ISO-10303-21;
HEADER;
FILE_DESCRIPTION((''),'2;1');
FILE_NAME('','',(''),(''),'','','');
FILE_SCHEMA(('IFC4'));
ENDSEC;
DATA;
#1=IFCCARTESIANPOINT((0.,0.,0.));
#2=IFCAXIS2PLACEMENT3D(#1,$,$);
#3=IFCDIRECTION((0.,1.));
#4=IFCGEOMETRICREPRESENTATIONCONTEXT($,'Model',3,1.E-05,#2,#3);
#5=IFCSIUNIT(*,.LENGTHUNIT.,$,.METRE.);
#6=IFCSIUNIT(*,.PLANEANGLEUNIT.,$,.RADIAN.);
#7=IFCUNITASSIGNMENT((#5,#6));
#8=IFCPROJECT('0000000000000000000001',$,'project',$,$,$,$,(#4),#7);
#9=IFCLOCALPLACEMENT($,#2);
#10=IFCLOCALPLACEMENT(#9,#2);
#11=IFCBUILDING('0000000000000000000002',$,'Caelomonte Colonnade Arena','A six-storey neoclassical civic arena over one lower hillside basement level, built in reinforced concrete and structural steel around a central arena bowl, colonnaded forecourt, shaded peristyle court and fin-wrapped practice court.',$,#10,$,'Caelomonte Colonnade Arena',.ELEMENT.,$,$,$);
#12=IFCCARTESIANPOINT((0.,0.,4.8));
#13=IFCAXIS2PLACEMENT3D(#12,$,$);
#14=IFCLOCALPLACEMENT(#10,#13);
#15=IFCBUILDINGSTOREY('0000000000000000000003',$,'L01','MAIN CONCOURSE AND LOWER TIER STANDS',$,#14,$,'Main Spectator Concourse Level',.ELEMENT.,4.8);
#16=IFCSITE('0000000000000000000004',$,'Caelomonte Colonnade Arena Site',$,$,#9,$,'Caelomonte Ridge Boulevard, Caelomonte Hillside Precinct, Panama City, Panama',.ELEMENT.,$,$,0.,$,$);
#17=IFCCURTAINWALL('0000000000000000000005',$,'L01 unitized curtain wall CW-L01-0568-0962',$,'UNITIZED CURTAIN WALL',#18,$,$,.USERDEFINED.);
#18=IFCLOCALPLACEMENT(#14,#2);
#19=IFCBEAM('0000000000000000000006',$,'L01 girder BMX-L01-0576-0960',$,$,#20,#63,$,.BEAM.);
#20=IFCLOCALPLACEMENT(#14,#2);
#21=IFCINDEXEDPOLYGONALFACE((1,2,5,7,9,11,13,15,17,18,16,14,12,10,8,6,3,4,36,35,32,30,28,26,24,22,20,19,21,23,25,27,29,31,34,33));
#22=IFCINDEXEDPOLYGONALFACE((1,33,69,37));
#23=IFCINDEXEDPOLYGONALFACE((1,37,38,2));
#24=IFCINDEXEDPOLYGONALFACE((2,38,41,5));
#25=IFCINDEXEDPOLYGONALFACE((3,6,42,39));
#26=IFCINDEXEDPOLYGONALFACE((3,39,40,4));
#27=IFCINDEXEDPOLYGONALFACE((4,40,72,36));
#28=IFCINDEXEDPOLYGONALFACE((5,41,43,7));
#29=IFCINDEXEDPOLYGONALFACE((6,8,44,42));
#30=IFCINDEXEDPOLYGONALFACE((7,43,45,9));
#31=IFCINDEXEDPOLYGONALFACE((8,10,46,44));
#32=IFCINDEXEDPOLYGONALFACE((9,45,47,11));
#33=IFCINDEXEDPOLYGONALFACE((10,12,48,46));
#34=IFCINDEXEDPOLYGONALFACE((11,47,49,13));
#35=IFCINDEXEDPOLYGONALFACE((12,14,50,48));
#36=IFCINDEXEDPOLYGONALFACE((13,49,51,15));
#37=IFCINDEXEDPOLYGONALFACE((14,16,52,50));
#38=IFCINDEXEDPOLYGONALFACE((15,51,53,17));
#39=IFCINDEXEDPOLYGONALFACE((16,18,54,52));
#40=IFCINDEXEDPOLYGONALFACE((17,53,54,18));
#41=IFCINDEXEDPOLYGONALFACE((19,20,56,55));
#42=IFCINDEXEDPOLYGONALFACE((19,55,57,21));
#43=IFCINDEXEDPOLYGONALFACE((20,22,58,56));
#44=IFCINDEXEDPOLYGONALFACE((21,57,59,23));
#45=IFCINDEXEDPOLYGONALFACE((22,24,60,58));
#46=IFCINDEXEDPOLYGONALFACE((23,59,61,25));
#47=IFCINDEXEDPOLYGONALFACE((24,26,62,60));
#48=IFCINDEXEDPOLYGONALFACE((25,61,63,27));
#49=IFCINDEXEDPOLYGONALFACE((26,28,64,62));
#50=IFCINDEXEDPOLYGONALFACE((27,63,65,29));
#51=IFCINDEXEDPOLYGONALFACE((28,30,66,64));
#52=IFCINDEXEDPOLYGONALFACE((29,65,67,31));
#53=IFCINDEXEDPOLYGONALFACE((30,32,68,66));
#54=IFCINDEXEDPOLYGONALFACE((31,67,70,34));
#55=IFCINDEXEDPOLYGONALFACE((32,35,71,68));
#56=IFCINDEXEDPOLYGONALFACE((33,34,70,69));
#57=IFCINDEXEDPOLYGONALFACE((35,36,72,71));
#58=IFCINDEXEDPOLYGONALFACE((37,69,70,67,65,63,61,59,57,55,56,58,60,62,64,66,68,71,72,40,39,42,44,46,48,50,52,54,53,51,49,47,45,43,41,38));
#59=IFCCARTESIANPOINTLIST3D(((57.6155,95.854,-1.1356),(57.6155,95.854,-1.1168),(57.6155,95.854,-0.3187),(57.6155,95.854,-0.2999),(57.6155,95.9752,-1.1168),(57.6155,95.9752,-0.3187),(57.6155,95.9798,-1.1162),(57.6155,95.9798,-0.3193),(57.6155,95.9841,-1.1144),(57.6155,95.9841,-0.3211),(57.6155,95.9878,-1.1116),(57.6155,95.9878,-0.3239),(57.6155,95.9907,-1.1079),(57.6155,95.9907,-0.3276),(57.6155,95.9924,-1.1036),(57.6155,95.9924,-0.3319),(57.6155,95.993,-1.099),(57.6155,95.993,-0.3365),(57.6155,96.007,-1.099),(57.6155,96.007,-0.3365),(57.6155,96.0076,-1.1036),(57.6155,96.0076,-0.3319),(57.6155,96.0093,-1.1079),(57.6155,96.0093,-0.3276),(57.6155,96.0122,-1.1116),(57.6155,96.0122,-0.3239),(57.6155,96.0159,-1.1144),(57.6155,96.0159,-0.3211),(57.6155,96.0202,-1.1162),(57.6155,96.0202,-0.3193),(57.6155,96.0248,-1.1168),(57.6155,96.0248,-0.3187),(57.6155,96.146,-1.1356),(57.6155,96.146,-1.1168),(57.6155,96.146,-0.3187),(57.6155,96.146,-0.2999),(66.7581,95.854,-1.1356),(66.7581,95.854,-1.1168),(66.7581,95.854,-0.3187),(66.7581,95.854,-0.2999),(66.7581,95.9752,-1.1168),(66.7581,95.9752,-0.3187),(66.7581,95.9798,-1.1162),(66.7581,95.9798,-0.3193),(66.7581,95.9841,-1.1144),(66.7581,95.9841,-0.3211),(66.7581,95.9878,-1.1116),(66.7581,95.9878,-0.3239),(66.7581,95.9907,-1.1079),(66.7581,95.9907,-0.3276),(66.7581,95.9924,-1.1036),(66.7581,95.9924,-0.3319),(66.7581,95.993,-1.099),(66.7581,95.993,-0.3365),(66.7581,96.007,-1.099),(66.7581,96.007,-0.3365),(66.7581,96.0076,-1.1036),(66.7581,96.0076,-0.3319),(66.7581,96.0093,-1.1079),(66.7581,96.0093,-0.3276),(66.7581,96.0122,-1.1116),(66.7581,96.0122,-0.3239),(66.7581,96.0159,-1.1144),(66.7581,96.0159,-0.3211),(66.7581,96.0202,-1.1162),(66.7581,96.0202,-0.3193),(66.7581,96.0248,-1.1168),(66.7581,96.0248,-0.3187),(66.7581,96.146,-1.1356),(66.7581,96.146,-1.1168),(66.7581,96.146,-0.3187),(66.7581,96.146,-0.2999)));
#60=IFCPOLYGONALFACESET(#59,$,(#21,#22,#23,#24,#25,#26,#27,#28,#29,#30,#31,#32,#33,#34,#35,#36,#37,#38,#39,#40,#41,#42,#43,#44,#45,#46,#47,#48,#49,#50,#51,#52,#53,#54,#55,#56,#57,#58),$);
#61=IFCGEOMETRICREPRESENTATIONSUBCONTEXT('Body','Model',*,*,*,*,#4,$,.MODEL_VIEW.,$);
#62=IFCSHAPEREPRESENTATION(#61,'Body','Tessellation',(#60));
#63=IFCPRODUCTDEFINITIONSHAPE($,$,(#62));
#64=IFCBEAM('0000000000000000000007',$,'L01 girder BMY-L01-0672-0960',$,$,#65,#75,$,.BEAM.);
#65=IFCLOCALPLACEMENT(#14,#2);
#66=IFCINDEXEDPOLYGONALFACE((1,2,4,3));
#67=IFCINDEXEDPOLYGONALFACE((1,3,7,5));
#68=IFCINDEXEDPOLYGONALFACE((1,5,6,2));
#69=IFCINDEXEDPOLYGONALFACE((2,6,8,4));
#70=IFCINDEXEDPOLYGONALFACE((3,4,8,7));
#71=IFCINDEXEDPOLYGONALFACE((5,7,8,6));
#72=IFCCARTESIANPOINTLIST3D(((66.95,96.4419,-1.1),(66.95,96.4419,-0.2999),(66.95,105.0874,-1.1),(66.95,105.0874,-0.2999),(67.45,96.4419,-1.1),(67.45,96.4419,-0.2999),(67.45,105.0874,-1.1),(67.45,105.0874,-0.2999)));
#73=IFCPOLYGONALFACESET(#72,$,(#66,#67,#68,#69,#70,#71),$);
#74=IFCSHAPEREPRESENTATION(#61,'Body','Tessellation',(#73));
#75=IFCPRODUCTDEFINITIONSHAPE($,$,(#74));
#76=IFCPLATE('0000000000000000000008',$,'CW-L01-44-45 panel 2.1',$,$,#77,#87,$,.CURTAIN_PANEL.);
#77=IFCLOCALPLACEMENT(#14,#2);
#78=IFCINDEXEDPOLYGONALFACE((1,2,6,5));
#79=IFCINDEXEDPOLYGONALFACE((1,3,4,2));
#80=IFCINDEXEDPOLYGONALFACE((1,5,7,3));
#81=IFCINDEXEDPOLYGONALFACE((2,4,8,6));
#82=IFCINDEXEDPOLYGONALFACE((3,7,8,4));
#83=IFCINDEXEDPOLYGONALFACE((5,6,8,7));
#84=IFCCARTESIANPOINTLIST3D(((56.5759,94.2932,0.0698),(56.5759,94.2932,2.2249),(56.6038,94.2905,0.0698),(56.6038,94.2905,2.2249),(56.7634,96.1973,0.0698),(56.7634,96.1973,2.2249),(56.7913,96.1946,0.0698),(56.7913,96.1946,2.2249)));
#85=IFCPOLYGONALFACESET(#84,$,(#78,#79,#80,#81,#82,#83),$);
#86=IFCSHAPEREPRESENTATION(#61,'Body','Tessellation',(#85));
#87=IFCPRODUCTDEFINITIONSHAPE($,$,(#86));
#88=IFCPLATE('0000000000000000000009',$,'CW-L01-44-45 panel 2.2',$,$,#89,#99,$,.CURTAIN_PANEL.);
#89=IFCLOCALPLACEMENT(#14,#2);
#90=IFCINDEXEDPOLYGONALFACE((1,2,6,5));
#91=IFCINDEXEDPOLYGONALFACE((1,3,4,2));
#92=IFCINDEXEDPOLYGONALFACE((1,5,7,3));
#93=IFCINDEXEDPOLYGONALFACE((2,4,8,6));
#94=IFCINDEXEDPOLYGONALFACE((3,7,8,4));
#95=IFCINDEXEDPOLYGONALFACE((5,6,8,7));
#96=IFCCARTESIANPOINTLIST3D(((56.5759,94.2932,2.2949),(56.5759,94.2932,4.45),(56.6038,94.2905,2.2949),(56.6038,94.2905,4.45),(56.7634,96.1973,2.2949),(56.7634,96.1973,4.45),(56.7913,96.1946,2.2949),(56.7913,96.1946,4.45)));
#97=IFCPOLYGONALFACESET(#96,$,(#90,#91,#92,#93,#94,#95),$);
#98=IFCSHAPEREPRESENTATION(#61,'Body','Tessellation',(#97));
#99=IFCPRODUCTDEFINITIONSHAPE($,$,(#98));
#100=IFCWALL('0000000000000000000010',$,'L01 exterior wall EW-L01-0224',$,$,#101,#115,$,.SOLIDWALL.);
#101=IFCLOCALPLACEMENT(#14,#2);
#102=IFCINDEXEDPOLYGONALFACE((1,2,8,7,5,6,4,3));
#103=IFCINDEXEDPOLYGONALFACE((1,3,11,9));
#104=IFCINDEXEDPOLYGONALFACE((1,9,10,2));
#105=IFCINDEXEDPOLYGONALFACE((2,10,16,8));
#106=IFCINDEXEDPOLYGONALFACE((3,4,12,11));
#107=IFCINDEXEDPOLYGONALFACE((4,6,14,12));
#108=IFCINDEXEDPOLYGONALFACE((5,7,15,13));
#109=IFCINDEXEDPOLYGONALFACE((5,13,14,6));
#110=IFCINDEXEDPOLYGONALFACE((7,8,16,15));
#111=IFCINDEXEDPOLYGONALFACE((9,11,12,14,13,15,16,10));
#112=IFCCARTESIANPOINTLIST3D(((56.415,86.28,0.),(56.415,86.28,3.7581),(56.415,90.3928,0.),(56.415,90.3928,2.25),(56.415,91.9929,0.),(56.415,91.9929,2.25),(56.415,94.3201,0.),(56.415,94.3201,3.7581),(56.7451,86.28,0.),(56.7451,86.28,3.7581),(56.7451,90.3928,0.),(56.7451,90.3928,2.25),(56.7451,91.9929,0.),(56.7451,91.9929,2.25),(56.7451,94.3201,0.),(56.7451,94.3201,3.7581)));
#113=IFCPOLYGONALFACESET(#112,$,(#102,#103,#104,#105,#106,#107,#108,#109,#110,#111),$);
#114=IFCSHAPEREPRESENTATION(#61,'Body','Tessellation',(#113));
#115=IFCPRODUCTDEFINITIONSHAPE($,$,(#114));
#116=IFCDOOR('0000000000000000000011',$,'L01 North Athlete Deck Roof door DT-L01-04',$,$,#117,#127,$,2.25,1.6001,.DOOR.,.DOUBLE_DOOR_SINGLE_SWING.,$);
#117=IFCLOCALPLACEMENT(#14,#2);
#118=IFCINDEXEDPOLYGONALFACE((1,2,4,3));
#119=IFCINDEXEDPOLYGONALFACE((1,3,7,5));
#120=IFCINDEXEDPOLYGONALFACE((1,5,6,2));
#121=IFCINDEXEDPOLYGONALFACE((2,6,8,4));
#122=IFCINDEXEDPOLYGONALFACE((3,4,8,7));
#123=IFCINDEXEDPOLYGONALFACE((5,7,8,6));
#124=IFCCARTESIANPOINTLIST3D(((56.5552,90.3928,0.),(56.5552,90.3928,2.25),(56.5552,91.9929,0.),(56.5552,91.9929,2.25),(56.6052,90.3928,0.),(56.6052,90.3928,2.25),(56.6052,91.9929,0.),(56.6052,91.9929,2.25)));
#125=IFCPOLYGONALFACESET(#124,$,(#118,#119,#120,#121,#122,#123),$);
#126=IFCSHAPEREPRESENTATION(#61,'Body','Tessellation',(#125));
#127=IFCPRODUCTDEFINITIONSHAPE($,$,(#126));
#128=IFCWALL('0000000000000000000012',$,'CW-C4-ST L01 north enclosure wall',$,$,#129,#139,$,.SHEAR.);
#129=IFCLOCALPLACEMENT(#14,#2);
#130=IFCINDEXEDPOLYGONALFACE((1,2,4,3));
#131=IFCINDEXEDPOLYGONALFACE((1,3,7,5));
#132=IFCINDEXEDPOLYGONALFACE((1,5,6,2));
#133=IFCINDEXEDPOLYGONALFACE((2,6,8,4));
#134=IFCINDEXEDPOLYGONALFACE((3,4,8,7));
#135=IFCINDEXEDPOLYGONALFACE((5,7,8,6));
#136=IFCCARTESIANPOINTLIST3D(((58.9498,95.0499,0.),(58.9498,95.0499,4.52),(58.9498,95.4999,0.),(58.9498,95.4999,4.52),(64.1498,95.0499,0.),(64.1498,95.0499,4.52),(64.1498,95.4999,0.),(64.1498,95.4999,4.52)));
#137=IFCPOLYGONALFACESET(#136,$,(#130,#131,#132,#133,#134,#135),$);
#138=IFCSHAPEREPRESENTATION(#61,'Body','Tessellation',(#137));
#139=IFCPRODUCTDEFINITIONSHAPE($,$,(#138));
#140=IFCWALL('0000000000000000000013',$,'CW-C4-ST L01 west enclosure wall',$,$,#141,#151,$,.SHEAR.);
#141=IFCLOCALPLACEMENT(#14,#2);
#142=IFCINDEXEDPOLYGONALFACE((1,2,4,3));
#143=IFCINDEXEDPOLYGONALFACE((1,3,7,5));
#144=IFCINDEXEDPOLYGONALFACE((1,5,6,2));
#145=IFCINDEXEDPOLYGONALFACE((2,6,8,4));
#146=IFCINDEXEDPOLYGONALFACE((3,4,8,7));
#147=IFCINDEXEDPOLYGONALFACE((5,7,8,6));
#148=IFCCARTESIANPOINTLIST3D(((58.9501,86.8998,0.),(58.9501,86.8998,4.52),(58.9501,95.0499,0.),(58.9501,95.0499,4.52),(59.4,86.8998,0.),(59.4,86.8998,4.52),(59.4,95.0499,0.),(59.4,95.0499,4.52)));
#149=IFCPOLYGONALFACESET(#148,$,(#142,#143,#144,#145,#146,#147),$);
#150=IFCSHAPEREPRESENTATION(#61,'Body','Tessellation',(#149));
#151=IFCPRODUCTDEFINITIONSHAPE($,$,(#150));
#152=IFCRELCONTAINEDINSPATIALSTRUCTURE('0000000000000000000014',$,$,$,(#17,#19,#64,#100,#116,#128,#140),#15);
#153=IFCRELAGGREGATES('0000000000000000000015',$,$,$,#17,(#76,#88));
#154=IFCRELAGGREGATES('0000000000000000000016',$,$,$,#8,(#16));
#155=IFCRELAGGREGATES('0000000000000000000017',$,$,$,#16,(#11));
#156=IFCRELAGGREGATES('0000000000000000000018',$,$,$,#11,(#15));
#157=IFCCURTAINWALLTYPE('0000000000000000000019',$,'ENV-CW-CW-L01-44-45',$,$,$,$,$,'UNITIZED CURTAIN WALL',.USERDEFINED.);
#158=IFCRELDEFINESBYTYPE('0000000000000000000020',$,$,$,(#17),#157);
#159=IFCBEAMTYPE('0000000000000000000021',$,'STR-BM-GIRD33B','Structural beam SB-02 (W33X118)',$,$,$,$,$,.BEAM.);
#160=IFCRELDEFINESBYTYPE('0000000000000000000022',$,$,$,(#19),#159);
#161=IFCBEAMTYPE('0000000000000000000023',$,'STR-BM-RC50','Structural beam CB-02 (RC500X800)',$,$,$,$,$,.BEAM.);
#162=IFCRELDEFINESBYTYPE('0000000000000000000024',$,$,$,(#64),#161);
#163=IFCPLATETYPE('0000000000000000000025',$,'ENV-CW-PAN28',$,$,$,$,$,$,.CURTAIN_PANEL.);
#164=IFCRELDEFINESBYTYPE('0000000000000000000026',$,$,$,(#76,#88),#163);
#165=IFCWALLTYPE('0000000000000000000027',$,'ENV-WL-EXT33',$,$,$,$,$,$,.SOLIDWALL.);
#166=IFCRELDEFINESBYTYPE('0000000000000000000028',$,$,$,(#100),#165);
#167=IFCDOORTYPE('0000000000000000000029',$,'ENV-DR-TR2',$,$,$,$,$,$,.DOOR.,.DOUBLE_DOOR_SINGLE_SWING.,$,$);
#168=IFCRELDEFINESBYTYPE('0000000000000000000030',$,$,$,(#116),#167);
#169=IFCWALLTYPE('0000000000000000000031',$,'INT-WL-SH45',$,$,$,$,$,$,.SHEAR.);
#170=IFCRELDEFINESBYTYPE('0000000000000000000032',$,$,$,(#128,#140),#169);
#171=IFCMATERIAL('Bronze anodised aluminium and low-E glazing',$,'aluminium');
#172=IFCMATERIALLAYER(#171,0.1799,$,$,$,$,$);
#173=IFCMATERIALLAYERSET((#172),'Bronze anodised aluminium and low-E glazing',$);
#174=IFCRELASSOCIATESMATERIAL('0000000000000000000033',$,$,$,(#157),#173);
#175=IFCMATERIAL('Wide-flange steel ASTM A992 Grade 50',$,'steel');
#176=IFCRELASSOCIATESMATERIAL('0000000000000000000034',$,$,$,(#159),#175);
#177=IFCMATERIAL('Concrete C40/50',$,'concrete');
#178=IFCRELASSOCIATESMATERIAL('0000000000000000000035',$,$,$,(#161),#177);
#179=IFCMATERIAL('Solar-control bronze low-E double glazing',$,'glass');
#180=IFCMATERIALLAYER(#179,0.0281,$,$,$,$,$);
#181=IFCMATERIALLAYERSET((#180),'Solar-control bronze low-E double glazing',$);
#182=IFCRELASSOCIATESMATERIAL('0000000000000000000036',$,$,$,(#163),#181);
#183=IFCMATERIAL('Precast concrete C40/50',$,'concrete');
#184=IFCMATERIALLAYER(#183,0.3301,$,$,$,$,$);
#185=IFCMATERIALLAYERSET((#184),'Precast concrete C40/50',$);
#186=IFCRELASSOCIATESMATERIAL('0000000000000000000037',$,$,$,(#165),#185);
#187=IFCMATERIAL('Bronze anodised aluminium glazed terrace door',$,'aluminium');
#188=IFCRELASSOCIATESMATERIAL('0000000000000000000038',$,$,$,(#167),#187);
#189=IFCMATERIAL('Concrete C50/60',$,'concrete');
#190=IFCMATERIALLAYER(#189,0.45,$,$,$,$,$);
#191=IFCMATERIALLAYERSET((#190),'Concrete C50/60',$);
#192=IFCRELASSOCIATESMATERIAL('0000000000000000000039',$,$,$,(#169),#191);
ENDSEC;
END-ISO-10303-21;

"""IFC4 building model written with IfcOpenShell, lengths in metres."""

from ifc_helpers import new_model, si_unit, direction, frame, frame_2d, origin, origin_2d, place, context, subcontext, project, spatial, rectangle, i_section, extrude, material, layer, layer_set, material_profile, profile_set, type_object, element, fill, aggregate, save


model = new_model("IFC4")

# Units and contexts
model_context = context("Model", 3, precision=1e-05, world=origin(), true_north=direction((0.0, 1.0)))
body_context = subcontext(model_context, "Body", "Model", "MODEL_VIEW")
ifc_project = project(units=[si_unit("LENGTHUNIT", "METRE"), si_unit("PLANEANGLEUNIT", "RADIAN")], contexts=[model_context])

# Site, building, storey
site_placement = place(None, origin())
site = spatial("IfcSite", under=ifc_project, at=site_placement, Name="Caelomonte Colonnade Arena Site", LongName="Caelomonte Ridge Boulevard, Caelomonte Hillside Precinct, Panama City, Panama", CompositionType="ELEMENT", RefElevation=0.0)
building_placement = place(site_placement, origin())
building = spatial("IfcBuilding", under=site, at=building_placement, Name="Caelomonte Colonnade Arena", Description="A six-storey neoclassical civic arena over one lower hillside basement level, built in reinforced concrete and structural steel around a central arena bowl, colonnaded forecourt, shaded peristyle court and fin-wrapped practice court.", LongName="Caelomonte Colonnade Arena", CompositionType="ELEMENT")
storey_placement = place(building_placement, frame((0.0, 0.0, 4.8)))
storey = spatial("IfcBuildingStorey", under=building, at=storey_placement, Name="L01", Description="MAIN CONCOURSE AND LOWER TIER STANDS", LongName="Main Spectator Concourse Level", CompositionType="ELEMENT", Elevation=4.8)

# Shared definitions
ifc_material_1 = material(Name="Concrete C50/60", Category="concrete")
ifc_material_2 = material(Name="Wide-flange steel ASTM A992 Grade 50", Category="steel")

# Curtain wall
ifc_material_3 = material(Name="Bronze anodised aluminium and low-E glazing", Category="aluminium")
ifc_layer_1 = layer(ifc_material_3, 0.1799)
ifc_layer_set_1 = layer_set([ifc_layer_1], Name="Bronze anodised aluminium and low-E glazing")
curtain_wall_type = type_object("IfcCurtainWallType", Name="ENV-CW-CW-L01-44-45", ElementType="UNITIZED CURTAIN WALL", PredefinedType="USERDEFINED", material=ifc_layer_set_1)
curtain_wall_placement = place(storey_placement, origin())
curtain_wall = element("IfcCurtainWall", 1, at=curtain_wall_placement, inside=storey, type_object=curtain_wall_type, Name="L01 unitized curtain wall CW-L01-0568-0962", ObjectType="UNITIZED CURTAIN WALL", PredefinedType="USERDEFINED")

# Beams
ifc_material_profile_1 = material_profile(ifc_material_2, i_section(OverallWidth=0.292, OverallDepth=0.8357, WebThickness=0.0139, FlangeThickness=0.0188, FilletRadius=0.0178, at=origin_2d()), Name="W33X118")
ifc_profile_set_1 = profile_set([ifc_material_profile_1], Name="Wide-flange steel ASTM A992 Grade 50")
beam_type_1 = type_object("IfcBeamType", Name="STR-BM-GIRD33B", Description="Structural beam SB-02 (W33X118)", PredefinedType="BEAM", material=ifc_profile_set_1)
beam_1_placement = place(storey_placement, frame((57.6155, 96.0, -0.7178), z_axis=(1.0, 0.0, 0.0), x_axis=(0.0, 1.0, 0.0)))
element("IfcBeam", 2, at=beam_1_placement, inside=storey, type_object=beam_type_1, Name="L01 girder BMX-L01-0576-0960", PredefinedType="BEAM", context=body_context, shape_type="SweptSolid", body=[
    extrude(i_section(OverallWidth=0.292, OverallDepth=0.8357, WebThickness=0.0139, FlangeThickness=0.0188, FilletRadius=0.0178, at=origin_2d()), origin(), (0.0, 0.0, 1.0), 9.1426),
])
ifc_material_4 = material(Name="Concrete C40/50", Category="concrete")
ifc_material_profile_2 = material_profile(ifc_material_4, rectangle(XDim=0.5, YDim=0.8, at=origin_2d()), Name="RC500X800")
ifc_profile_set_2 = profile_set([ifc_material_profile_2], Name="Concrete C40/50")
beam_type_2 = type_object("IfcBeamType", Name="STR-BM-RC50", Description="Structural beam CB-02 (RC500X800)", PredefinedType="BEAM", material=ifc_profile_set_2)
beam_2_placement = place(storey_placement, frame((67.2, 96.4419, -0.7), z_axis=(0.0, 1.0, 0.0), x_axis=(-1.0, 0.0, 0.0)))
element("IfcBeam", 3, at=beam_2_placement, inside=storey, type_object=beam_type_2, Name="L01 girder BMY-L01-0672-0960", PredefinedType="BEAM", context=body_context, shape_type="SweptSolid", body=[
    extrude(rectangle(XDim=0.5, YDim=0.8, at=origin_2d()), origin(), (0.0, 0.0, 1.0), 8.6455),
])

# Plates
ifc_material_5 = material(Name="Solar-control bronze low-E double glazing", Category="glass")
ifc_layer_2 = layer(ifc_material_5, 0.0281)
ifc_layer_set_2 = layer_set([ifc_layer_2], Name="Solar-control bronze low-E double glazing")
plate_type = type_object("IfcPlateType", Name="ENV-CW-PAN28", PredefinedType="CURTAIN_PANEL", material=ifc_layer_set_2)
plate_1_placement = place(storey_placement, frame((56.6836, 95.2439, 0.0698), z_axis=(0.0, 0.0, 1.0), x_axis=(-0.098002, -0.995186, 0.0)))
plate_1 = element("IfcPlate", 4, at=plate_1_placement, type_object=plate_type, Name="CW-L01-44-45 panel 2.1", PredefinedType="CURTAIN_PANEL", context=body_context, shape_type="SweptSolid", body=[
    extrude(rectangle(XDim=1.9133, YDim=0.0281, at=origin_2d()), origin(), (0.0, 0.0, 1.0), 2.155),
])
plate_2_placement = place(storey_placement, frame((56.6836, 95.2439, 2.2949), z_axis=(0.0, 0.0, 1.0), x_axis=(-0.098002, -0.995186, 0.0)))
plate_2 = element("IfcPlate", 5, at=plate_2_placement, type_object=plate_type, Name="CW-L01-44-45 panel 2.2", PredefinedType="CURTAIN_PANEL", context=body_context, shape_type="SweptSolid", body=[
    extrude(rectangle(XDim=1.9133, YDim=0.0281, at=origin_2d()), origin(), (0.0, 0.0, 1.0), 2.155),
])
aggregate(curtain_wall, [plate_1, plate_2])

# Wall, opening, door
ifc_material_6 = material(Name="Precast concrete C40/50", Category="concrete")
ifc_layer_3 = layer(ifc_material_6, 0.3301)
ifc_layer_set_3 = layer_set([ifc_layer_3], Name="Precast concrete C40/50")
wall_type_1 = type_object("IfcWallType", Name="ENV-WL-EXT33", PredefinedType="SOLIDWALL", material=ifc_layer_set_3)
wall_1_placement = place(storey_placement, frame((56.5801, 94.3201, 0.0), z_axis=(0.0, 0.0, 1.0), x_axis=(0.0, -1.0, 0.0)))
wall_1 = element("IfcWall", 6, at=wall_1_placement, inside=storey, type_object=wall_type_1, Name="L01 exterior wall EW-L01-0224", PredefinedType="SOLIDWALL", context=body_context, shape_type="SweptSolid", body=[
    extrude(rectangle(XDim=8.04, YDim=0.3301, at=frame_2d((4.02, 0.0))), origin(), (0.0, 0.0, 1.0), 3.7581),
])
opening_placement = place(wall_1_placement, frame((3.9272, 0.0, 0.0), z_axis=(0.0, 0.0, 1.0), x_axis=(-1.0, 0.0, 0.0)))
opening = element("IfcOpeningElement", 7, at=opening_placement, cuts=wall_1, PredefinedType="OPENING", context=body_context, shape_type="SweptSolid", body=[
    extrude(rectangle(XDim=1.6001, YDim=2.25, at=frame_2d((0.8, 1.125))), frame((0.0, 0.175, 0.0), z_axis=(0.0, -1.0, 0.0), x_axis=(1.0, 0.0, 0.0)), (0.0, 0.0, 1.0), 0.3501),
])
ifc_material_7 = material(Name="Bronze anodised aluminium glazed terrace door", Category="aluminium")
door_type = type_object("IfcDoorType", Name="ENV-DR-TR2", OperationType="DOUBLE_DOOR_SINGLE_SWING", PredefinedType="DOOR", material=ifc_material_7)
door_placement = place(opening_placement, origin())
door = element("IfcDoor", 8, at=door_placement, inside=storey, type_object=door_type, Name="L01 North Athlete Deck Roof door DT-L01-04", OperationType="DOUBLE_DOOR_SINGLE_SWING", OverallHeight=2.25, OverallWidth=1.6001, PredefinedType="DOOR", context=body_context, shape_type="SweptSolid", body=[
    extrude(rectangle(XDim=1.6001, YDim=2.25, at=frame_2d((0.8, 1.125))), frame((0.0, 0.0249, 0.0), z_axis=(0.0, -1.0, 0.0), x_axis=(1.0, 0.0, 0.0)), (0.0, 0.0, 1.0), 0.05),
])
fill(opening, door)

# Walls
ifc_layer_4 = layer(ifc_material_1, 0.45)
ifc_layer_set_4 = layer_set([ifc_layer_4], Name="Concrete C50/60")
wall_type_2 = type_object("IfcWallType", Name="INT-WL-SH45", PredefinedType="SHEAR", material=ifc_layer_set_4)
wall_2_placement = place(storey_placement, frame((64.1499, 95.2749, 0.0), z_axis=(0.0, 0.0, 1.0), x_axis=(-1.0, 0.0, 0.0)))
element("IfcWall", 9, at=wall_2_placement, inside=storey, type_object=wall_type_2, Name="CW-C4-ST L01 north enclosure wall", PredefinedType="SHEAR", context=body_context, shape_type="SweptSolid", body=[
    extrude(rectangle(XDim=5.2, YDim=0.45, at=frame_2d((2.6001, 0.0))), origin(), (0.0, 0.0, 1.0), 4.52),
])
wall_3_placement = place(storey_placement, frame((59.175, 95.05, 0.0), z_axis=(0.0, 0.0, 1.0), x_axis=(0.0, -1.0, 0.0)))
element("IfcWall", 10, at=wall_3_placement, inside=storey, type_object=wall_type_2, Name="CW-C4-ST L01 west enclosure wall", PredefinedType="SHEAR", context=body_context, shape_type="SweptSolid", body=[
    extrude(rectangle(XDim=8.1501, YDim=0.45, at=frame_2d((4.0752, 0.0))), origin(), (0.0, 0.0, 1.0), 4.52),
])

save(model, "model.ifc")
